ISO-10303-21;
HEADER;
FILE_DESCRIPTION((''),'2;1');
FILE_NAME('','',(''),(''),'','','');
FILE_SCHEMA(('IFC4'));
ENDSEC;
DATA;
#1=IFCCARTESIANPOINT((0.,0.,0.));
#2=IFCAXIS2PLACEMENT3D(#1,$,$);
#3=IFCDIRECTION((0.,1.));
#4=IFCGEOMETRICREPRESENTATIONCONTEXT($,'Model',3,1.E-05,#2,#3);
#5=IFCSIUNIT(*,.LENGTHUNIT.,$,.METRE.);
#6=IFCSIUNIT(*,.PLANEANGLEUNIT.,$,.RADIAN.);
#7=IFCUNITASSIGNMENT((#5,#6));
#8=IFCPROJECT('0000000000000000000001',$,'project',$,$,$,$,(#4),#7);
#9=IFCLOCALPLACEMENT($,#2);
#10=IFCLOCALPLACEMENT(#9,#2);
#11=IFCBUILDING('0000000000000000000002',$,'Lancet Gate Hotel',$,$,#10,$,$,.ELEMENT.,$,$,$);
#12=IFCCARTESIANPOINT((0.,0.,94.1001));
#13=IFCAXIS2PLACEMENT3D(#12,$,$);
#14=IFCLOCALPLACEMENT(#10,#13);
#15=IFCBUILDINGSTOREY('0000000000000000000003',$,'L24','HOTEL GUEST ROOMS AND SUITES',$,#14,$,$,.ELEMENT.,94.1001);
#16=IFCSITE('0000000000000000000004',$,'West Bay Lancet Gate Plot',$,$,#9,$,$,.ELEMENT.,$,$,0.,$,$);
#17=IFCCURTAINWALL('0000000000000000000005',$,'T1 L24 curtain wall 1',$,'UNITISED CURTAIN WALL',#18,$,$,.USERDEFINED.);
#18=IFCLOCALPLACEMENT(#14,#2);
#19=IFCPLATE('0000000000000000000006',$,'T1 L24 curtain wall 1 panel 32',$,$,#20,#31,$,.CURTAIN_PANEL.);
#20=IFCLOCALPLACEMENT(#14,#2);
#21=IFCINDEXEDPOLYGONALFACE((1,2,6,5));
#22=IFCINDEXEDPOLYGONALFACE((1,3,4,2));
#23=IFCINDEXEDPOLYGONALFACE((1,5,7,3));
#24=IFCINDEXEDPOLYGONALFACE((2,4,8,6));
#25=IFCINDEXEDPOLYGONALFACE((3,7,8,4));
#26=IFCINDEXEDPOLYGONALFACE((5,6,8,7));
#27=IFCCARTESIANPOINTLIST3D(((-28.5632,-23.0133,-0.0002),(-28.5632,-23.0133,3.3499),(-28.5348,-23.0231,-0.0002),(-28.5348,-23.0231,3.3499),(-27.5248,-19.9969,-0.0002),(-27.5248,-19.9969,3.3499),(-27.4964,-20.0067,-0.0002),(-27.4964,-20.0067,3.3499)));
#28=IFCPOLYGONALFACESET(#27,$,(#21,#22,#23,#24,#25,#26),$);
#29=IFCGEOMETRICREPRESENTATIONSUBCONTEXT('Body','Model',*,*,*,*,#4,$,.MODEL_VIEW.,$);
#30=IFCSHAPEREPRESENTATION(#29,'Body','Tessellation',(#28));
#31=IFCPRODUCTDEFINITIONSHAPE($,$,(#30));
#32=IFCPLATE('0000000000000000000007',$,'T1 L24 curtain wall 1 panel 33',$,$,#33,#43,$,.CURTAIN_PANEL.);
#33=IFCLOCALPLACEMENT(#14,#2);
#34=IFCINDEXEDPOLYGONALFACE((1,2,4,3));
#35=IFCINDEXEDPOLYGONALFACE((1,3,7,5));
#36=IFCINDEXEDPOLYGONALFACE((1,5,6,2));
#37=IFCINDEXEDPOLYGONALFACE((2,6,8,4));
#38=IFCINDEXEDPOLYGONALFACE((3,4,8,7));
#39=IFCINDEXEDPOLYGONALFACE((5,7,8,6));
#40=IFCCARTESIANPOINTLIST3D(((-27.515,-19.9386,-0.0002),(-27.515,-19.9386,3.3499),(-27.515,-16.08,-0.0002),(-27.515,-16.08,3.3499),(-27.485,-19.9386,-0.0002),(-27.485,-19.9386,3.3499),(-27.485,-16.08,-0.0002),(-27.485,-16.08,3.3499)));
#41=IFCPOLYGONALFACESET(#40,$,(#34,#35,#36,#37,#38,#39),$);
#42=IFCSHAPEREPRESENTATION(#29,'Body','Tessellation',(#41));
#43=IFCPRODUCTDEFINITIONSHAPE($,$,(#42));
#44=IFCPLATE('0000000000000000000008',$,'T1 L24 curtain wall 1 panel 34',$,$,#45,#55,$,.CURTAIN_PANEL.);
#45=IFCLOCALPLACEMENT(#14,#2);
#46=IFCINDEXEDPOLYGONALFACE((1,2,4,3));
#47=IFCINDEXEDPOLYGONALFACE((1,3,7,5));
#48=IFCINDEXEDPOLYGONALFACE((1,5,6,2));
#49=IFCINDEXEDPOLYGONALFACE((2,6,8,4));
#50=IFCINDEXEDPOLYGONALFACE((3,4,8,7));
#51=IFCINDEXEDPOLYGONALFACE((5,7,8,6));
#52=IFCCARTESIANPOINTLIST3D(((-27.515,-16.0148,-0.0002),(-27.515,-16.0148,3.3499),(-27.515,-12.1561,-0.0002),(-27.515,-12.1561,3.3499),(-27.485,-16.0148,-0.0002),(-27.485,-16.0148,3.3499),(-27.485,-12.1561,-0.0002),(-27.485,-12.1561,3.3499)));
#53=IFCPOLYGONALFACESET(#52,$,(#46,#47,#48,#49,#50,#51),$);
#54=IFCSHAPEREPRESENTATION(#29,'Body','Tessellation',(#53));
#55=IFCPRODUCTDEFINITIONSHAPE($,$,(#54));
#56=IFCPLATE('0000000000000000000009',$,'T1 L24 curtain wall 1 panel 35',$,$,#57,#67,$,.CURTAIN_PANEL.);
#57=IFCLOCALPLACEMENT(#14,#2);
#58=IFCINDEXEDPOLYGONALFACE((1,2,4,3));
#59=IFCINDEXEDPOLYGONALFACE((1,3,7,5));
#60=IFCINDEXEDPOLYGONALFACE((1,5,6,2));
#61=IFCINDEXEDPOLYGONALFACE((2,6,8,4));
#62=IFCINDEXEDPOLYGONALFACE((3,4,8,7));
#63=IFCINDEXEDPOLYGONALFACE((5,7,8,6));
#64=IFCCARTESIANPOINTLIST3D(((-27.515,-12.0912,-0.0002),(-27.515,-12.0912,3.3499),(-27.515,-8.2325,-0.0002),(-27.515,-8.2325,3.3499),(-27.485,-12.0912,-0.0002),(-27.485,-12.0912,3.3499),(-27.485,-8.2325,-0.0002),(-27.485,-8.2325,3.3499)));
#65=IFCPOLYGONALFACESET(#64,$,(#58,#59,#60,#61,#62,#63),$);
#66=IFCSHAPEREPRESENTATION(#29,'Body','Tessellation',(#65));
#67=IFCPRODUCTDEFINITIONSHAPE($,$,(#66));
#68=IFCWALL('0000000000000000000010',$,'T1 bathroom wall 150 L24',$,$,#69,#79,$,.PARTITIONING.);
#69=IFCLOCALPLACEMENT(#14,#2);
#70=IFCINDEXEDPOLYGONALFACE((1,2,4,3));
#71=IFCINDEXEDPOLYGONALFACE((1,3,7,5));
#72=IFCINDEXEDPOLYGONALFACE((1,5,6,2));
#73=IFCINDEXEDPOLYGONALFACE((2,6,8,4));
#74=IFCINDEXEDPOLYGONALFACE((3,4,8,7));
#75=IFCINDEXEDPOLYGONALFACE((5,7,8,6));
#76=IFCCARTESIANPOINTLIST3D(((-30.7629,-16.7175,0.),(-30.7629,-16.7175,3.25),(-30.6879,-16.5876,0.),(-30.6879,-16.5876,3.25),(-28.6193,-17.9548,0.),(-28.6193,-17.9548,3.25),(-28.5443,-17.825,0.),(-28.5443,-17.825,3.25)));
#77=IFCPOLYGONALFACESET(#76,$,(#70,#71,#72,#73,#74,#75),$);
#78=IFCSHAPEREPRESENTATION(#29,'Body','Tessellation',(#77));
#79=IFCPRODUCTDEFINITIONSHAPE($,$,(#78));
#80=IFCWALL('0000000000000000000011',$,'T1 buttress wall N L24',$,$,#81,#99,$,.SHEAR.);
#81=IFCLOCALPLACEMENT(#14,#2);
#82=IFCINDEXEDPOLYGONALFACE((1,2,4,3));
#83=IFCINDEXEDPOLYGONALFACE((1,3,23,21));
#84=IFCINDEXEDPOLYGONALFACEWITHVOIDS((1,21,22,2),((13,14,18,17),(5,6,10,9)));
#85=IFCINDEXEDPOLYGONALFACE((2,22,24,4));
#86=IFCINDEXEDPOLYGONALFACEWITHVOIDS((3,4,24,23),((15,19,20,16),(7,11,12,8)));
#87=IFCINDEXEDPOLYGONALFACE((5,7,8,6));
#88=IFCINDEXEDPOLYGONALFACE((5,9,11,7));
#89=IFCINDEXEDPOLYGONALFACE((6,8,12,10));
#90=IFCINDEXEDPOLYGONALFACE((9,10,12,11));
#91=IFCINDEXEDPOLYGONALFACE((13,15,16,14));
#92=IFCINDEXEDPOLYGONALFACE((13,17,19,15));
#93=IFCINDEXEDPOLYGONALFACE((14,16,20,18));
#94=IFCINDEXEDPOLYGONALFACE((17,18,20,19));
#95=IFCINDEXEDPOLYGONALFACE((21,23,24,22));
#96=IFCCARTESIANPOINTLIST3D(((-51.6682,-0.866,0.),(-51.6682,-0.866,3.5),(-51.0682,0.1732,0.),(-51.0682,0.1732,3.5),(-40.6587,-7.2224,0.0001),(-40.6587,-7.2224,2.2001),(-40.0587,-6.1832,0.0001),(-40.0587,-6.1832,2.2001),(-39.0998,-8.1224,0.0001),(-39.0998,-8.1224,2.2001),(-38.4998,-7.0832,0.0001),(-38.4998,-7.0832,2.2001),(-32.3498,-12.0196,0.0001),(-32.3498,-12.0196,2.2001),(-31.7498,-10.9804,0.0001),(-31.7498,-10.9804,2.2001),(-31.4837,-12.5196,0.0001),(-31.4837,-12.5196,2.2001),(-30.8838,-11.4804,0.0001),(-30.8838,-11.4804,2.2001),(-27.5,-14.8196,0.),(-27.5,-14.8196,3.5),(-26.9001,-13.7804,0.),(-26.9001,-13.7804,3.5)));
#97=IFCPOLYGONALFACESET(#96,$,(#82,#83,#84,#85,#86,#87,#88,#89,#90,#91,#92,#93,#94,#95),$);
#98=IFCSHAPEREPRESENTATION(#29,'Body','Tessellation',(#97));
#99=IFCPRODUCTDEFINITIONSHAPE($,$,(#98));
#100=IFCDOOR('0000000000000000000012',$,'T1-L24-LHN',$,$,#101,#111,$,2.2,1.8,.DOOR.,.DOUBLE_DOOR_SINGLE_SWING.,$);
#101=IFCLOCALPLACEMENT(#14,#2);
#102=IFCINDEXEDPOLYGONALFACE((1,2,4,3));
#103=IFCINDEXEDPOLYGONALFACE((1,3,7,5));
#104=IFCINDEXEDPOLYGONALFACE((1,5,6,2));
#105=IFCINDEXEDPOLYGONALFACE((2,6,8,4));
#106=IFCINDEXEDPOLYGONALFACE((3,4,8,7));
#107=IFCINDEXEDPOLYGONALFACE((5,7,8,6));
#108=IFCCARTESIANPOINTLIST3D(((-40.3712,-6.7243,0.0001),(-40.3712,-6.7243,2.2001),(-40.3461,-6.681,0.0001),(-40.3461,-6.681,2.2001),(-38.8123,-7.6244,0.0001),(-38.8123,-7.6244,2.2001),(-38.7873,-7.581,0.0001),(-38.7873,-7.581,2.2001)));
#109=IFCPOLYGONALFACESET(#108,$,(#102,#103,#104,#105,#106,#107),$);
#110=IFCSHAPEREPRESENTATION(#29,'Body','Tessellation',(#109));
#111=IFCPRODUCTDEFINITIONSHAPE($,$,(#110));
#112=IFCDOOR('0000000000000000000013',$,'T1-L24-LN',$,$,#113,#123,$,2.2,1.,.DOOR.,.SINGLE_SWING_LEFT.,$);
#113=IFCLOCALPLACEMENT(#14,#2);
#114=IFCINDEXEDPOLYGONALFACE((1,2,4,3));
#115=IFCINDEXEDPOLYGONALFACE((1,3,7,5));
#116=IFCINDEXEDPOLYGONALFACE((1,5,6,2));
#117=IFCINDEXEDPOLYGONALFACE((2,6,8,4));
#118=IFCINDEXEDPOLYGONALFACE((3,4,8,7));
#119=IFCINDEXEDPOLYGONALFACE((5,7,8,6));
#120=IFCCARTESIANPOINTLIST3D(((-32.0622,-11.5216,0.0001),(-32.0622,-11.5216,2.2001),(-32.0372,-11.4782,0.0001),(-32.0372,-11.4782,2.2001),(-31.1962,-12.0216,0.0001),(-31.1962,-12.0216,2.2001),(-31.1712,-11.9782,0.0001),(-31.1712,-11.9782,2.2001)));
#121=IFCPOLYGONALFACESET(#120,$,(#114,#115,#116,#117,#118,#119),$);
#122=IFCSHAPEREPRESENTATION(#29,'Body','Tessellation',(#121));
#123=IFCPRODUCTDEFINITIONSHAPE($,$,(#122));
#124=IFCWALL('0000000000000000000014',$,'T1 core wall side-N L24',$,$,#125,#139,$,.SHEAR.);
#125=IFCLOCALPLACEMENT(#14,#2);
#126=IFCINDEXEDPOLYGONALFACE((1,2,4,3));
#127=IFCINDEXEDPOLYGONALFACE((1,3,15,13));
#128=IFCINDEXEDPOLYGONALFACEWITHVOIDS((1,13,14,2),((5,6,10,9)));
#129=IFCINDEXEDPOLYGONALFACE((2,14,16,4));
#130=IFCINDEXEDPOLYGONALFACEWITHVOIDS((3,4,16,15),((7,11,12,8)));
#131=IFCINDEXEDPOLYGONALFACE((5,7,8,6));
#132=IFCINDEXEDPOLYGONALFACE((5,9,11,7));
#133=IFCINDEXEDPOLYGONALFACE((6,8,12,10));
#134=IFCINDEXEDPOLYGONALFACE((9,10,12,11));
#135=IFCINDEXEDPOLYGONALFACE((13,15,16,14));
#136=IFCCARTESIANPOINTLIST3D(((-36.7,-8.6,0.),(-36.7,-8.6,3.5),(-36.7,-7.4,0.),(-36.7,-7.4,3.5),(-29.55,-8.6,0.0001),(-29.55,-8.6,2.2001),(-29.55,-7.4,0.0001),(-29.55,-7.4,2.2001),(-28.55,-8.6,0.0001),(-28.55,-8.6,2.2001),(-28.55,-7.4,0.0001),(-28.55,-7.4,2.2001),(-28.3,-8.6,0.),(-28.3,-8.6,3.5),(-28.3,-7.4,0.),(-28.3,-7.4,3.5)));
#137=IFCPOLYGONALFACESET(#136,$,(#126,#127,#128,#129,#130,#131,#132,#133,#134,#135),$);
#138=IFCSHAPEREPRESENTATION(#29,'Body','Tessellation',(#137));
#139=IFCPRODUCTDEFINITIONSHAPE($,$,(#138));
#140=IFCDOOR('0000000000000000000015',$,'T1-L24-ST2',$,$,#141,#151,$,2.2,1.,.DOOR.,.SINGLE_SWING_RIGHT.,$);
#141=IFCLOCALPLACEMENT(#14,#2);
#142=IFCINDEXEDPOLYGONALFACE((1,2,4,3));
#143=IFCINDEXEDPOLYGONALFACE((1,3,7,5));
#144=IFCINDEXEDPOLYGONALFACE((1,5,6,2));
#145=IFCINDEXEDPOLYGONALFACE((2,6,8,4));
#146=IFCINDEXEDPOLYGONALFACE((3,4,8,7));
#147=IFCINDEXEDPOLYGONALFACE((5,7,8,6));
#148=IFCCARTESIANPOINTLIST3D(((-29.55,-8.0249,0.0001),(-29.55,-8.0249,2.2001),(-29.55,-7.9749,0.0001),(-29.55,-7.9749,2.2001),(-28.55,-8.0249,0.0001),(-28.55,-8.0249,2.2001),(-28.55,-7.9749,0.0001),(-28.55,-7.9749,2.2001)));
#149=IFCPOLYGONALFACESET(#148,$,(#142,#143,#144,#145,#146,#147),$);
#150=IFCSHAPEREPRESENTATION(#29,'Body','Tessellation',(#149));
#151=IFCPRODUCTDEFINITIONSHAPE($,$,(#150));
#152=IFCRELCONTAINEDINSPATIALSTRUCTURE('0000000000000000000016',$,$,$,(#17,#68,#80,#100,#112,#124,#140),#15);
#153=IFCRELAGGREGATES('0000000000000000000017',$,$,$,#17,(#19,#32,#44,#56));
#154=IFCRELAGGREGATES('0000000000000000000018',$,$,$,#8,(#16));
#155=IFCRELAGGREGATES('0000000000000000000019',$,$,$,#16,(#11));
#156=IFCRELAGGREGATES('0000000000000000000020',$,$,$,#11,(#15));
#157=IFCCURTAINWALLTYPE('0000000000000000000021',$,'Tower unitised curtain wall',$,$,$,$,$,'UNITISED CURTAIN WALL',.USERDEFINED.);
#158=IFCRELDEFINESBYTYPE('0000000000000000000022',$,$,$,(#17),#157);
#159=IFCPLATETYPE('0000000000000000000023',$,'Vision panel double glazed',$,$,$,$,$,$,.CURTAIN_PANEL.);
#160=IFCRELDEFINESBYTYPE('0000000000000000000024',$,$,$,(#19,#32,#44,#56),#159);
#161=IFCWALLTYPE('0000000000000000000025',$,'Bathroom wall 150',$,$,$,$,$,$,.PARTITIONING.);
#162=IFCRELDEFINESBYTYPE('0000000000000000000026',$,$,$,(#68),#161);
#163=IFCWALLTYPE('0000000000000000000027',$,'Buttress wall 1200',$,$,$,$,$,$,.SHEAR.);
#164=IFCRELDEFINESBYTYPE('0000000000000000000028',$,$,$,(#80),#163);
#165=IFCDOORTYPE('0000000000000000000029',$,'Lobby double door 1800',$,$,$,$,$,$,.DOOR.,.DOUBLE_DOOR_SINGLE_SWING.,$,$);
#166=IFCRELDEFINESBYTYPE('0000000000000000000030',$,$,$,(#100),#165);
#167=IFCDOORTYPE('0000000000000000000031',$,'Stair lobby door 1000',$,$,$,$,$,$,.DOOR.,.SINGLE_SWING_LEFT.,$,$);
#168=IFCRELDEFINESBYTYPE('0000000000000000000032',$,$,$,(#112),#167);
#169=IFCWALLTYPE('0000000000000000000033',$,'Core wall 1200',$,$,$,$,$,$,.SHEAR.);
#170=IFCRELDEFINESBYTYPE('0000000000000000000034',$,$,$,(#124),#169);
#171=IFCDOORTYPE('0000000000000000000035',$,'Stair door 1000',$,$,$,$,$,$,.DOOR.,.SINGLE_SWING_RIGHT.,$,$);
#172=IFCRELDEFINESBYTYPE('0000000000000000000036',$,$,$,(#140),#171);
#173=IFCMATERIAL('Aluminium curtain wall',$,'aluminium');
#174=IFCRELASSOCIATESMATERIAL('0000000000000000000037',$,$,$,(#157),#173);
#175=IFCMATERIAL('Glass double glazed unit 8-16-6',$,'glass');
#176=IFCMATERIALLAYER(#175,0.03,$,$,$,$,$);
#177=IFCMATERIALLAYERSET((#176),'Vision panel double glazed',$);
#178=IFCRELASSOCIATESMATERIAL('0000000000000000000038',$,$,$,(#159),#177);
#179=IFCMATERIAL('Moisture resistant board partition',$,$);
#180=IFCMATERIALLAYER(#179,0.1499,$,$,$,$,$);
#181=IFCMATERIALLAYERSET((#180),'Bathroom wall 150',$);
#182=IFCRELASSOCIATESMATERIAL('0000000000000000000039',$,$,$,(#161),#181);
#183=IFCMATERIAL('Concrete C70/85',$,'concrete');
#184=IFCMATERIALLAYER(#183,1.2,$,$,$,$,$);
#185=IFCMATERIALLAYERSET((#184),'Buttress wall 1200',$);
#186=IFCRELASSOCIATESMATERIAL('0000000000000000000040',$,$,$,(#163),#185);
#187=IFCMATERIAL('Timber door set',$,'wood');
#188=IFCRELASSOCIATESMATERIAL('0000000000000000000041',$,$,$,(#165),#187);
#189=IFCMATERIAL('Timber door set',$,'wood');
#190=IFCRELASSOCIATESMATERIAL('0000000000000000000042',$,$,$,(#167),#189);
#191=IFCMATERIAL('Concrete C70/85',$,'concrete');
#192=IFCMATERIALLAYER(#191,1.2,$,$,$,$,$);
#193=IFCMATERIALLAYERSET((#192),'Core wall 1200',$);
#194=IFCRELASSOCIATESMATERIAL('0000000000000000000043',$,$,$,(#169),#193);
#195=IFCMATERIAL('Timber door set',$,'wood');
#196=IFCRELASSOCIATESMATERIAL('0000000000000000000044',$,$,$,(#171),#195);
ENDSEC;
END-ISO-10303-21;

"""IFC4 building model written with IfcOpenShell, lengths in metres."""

from ifc_helpers import new_model, si_unit, direction, frame, frame_2d, origin, origin_2d, place, context, subcontext, project, spatial, rectangle, extrude, material, layer, layer_set, type_object, element, fill, aggregate, save


model = new_model("IFC4")

# Units and contexts
model_context = context("Model", 3, precision=1e-05, world=origin(), true_north=direction((0.0, 1.0)))
body_context = subcontext(model_context, "Body", "Model", "MODEL_VIEW")
ifc_project = project(units=[si_unit("LENGTHUNIT", "METRE"), si_unit("PLANEANGLEUNIT", "RADIAN")], contexts=[model_context])

# Site, building, storey
site_placement = place(None, origin())
site = spatial("IfcSite", under=ifc_project, at=site_placement, Name="West Bay Lancet Gate Plot", CompositionType="ELEMENT", RefElevation=0.0)
building_placement = place(site_placement, origin())
building = spatial("IfcBuilding", under=site, at=building_placement, Name="Lancet Gate Hotel", CompositionType="ELEMENT")
storey_placement = place(building_placement, frame((0.0, 0.0, 94.1001)))
storey = spatial("IfcBuildingStorey", under=building, at=storey_placement, Name="L24", Description="HOTEL GUEST ROOMS AND SUITES", CompositionType="ELEMENT", Elevation=94.1001)

# Curtain wall
ifc_material_1 = material(Name="Aluminium curtain wall", Category="aluminium")
curtain_wall_type = type_object("IfcCurtainWallType", Name="Tower unitised curtain wall", ElementType="UNITISED CURTAIN WALL", PredefinedType="USERDEFINED", material=ifc_material_1)
curtain_wall_placement = place(storey_placement, origin())
curtain_wall = element("IfcCurtainWall", 1, at=curtain_wall_placement, inside=storey, type_object=curtain_wall_type, Name="T1 L24 curtain wall 1", ObjectType="UNITISED CURTAIN WALL", PredefinedType="USERDEFINED")

# Plates
ifc_material_2 = material(Name="Glass double glazed unit 8-16-6", Category="glass")
ifc_layer_1 = layer(ifc_material_2, 0.03)
ifc_layer_set_1 = layer_set([ifc_layer_1], Name="Vision panel double glazed")
plate_type = type_object("IfcPlateType", Name="Vision panel double glazed", PredefinedType="CURTAIN_PANEL", material=ifc_layer_set_1)
plate_1_placement = place(storey_placement, frame((-28.0298, -21.51, -0.0002), z_axis=(0.0, 0.0, 1.0), x_axis=(0.325516, 0.945537, 0.0)))
plate_1 = element("IfcPlate", 2, at=plate_1_placement, type_object=plate_type, Name="T1 L24 curtain wall 1 panel 32", PredefinedType="CURTAIN_PANEL", context=body_context, shape_type="SweptSolid", body=[
    extrude(rectangle(XDim=3.1902, YDim=0.03, at=origin_2d()), origin(), (0.0, 0.0, 1.0), 3.3501),
])
plate_2_placement = place(storey_placement, frame((-27.5, -18.0093, -0.0002), z_axis=(0.0, 0.0, 1.0), x_axis=(0.0, 1.0, 0.0)))
plate_2 = element("IfcPlate", 3, at=plate_2_placement, type_object=plate_type, Name="T1 L24 curtain wall 1 panel 33", PredefinedType="CURTAIN_PANEL", context=body_context, shape_type="SweptSolid", body=[
    extrude(rectangle(XDim=3.8586, YDim=0.03, at=origin_2d()), origin(), (0.0, 0.0, 1.0), 3.3501),
])
plate_3_placement = place(storey_placement, frame((-27.5, -14.0854, -0.0002), z_axis=(0.0, 0.0, 1.0), x_axis=(0.0, 1.0, 0.0)))
plate_3 = element("IfcPlate", 4, at=plate_3_placement, type_object=plate_type, Name="T1 L24 curtain wall 1 panel 34", PredefinedType="CURTAIN_PANEL", context=body_context, shape_type="SweptSolid", body=[
    extrude(rectangle(XDim=3.8586, YDim=0.03, at=origin_2d()), origin(), (0.0, 0.0, 1.0), 3.3501),
])
plate_4_placement = place(storey_placement, frame((-27.5, -10.1619, -0.0002), z_axis=(0.0, 0.0, 1.0), x_axis=(0.0, 1.0, 0.0)))
plate_4 = element("IfcPlate", 5, at=plate_4_placement, type_object=plate_type, Name="T1 L24 curtain wall 1 panel 35", PredefinedType="CURTAIN_PANEL", context=body_context, shape_type="SweptSolid", body=[
    extrude(rectangle(XDim=3.8586, YDim=0.03, at=origin_2d()), origin(), (0.0, 0.0, 1.0), 3.3501),
])
aggregate(curtain_wall, [plate_1, plate_2, plate_3, plate_4])

# Wall
ifc_material_3 = material(Name="Moisture resistant board partition")
ifc_layer_2 = layer(ifc_material_3, 0.1499)
ifc_layer_set_2 = layer_set([ifc_layer_2], Name="Bathroom wall 150")
wall_type_1 = type_object("IfcWallType", Name="Bathroom wall 150", PredefinedType="PARTITIONING", material=ifc_layer_set_2)
wall_1_placement = place(storey_placement, frame((-28.5818, -17.8899, 0.0), z_axis=(0.0, 0.0, 1.0), x_axis=(-0.866074, 0.499916, 0.0)))
element("IfcWall", 6, at=wall_1_placement, inside=storey, type_object=wall_type_1, Name="T1 bathroom wall 150 L24", PredefinedType="PARTITIONING", context=body_context, shape_type="SweptSolid", body=[
    extrude(rectangle(XDim=2.4751, YDim=0.1499, at=frame_2d((1.2375, 0.0))), origin(), (0.0, 0.0, 1.0), 3.25),
])

# Wall, openings, doors
ifc_material_4 = material(Name="Concrete C70/85", Category="concrete")
ifc_layer_3 = layer(ifc_material_4, 1.2)
ifc_layer_set_3 = layer_set([ifc_layer_3], Name="Buttress wall 1200")
wall_type_2 = type_object("IfcWallType", Name="Buttress wall 1200", PredefinedType="SHEAR", material=ifc_layer_set_3)
wall_2_placement = place(storey_placement, frame((-27.2, -14.3, 0.0), z_axis=(0.0, 0.0, 1.0), x_axis=(-0.866024, 0.500002, 0.0)))
wall_2 = element("IfcWall", 7, at=wall_2_placement, inside=storey, type_object=wall_type_2, Name="T1 buttress wall N L24", PredefinedType="SHEAR", context=body_context, shape_type="SweptSolid", body=[
    extrude(rectangle(XDim=27.907, YDim=1.2, at=frame_2d((13.9536, 0.0))), origin(), (0.0, 0.0, 1.0), 3.5),
])
opening_1_placement = place(wall_2_placement, frame((4.6001, 0.0, 0.0)))
opening_1 = element("IfcOpeningElement", 8, at=opening_1_placement, cuts=wall_2, PredefinedType="OPENING", context=body_context, shape_type="SweptSolid", body=[
    extrude(rectangle(XDim=1.0, YDim=2.2, at=frame_2d((0.5, 1.1001))), frame((0.0, 0.6099, 0.0), z_axis=(0.0, -1.0, 0.0), x_axis=(1.0, 0.0, 0.0)), (0.0, 0.0, 1.0), 1.22),
])
opening_2_placement = place(wall_2_placement, frame((13.3945, 0.0, 0.0)))
opening_2 = element("IfcOpeningElement", 9, at=opening_2_placement, cuts=wall_2, PredefinedType="OPENING", context=body_context, shape_type="SweptSolid", body=[
    extrude(rectangle(XDim=1.8, YDim=2.2, at=frame_2d((0.8999, 1.1001))), frame((0.0, 0.6099, 0.0), z_axis=(0.0, -1.0, 0.0), x_axis=(1.0, 0.0, 0.0)), (0.0, 0.0, 1.0), 1.22),
])
ifc_material_5 = material(Name="Timber door set", Category="wood")
door_type_1 = type_object("IfcDoorType", Name="Lobby double door 1800", OperationType="DOUBLE_DOOR_SINGLE_SWING", PredefinedType="DOOR", material=ifc_material_5)
door_1_placement = place(opening_2_placement, origin())
door_1 = element("IfcDoor", 10, at=door_1_placement, inside=storey, type_object=door_type_1, Name="T1-L24-LHN", OperationType="DOUBLE_DOOR_SINGLE_SWING", OverallHeight=2.2, OverallWidth=1.8, PredefinedType="DOOR", context=body_context, shape_type="SweptSolid", body=[
    extrude(rectangle(XDim=1.8, YDim=2.2, at=frame_2d((0.8999, 1.1001))), frame((0.0, 0.0249, 0.0), z_axis=(0.0, -1.0, 0.0), x_axis=(1.0, 0.0, 0.0)), (0.0, 0.0, 1.0), 0.05),
])
fill(opening_2, door_1)
ifc_material_6 = material(Name="Timber door set", Category="wood")
door_type_2 = type_object("IfcDoorType", Name="Stair lobby door 1000", OperationType="SINGLE_SWING_LEFT", PredefinedType="DOOR", material=ifc_material_6)
door_2_placement = place(opening_1_placement, origin())
door_2 = element("IfcDoor", 11, at=door_2_placement, inside=storey, type_object=door_type_2, Name="T1-L24-LN", OperationType="SINGLE_SWING_LEFT", OverallHeight=2.2, OverallWidth=1.0, PredefinedType="DOOR", context=body_context, shape_type="SweptSolid", body=[
    extrude(rectangle(XDim=1.0, YDim=2.2, at=frame_2d((0.5, 1.1001))), frame((0.0, 0.0249, 0.0), z_axis=(0.0, -1.0, 0.0), x_axis=(1.0, 0.0, 0.0)), (0.0, 0.0, 1.0), 0.05),
])
fill(opening_1, door_2)

# Wall, opening, door
ifc_material_7 = material(Name="Concrete C70/85", Category="concrete")
ifc_layer_4 = layer(ifc_material_7, 1.2)
ifc_layer_set_4 = layer_set([ifc_layer_4], Name="Core wall 1200")
wall_type_3 = type_object("IfcWallType", Name="Core wall 1200", PredefinedType="SHEAR", material=ifc_layer_set_4)
wall_3_placement = place(storey_placement, frame((-28.3, -8.0, 0.0), z_axis=(0.0, 0.0, 1.0), x_axis=(-1.0, 0.0, 0.0)))
wall_3 = element("IfcWall", 12, at=wall_3_placement, inside=storey, type_object=wall_type_3, Name="T1 core wall side-N L24", PredefinedType="SHEAR", context=body_context, shape_type="SweptSolid", body=[
    extrude(rectangle(XDim=8.3999, YDim=1.2, at=frame_2d((4.2, 0.0))), origin(), (0.0, 0.0, 1.0), 3.5),
])
opening_3_placement = place(wall_3_placement, frame((0.25, 0.0, 0.0)))
opening_3 = element("IfcOpeningElement", 13, at=opening_3_placement, cuts=wall_3, PredefinedType="OPENING", context=body_context, shape_type="SweptSolid", body=[
    extrude(rectangle(XDim=1.0, YDim=2.2, at=frame_2d((0.5, 1.1001))), frame((0.0, 0.6099, 0.0), z_axis=(0.0, -1.0, 0.0), x_axis=(1.0, 0.0, 0.0)), (0.0, 0.0, 1.0), 1.22),
])
ifc_material_8 = material(Name="Timber door set", Category="wood")
door_type_3 = type_object("IfcDoorType", Name="Stair door 1000", OperationType="SINGLE_SWING_RIGHT", PredefinedType="DOOR", material=ifc_material_8)
door_3_placement = place(opening_3_placement, origin())
door_3 = element("IfcDoor", 14, at=door_3_placement, inside=storey, type_object=door_type_3, Name="T1-L24-ST2", OperationType="SINGLE_SWING_RIGHT", OverallHeight=2.2, OverallWidth=1.0, PredefinedType="DOOR", context=body_context, shape_type="SweptSolid", body=[
    extrude(rectangle(XDim=1.0, YDim=2.2, at=frame_2d((0.5, 1.1001))), frame((0.0, 0.0249, 0.0), z_axis=(0.0, -1.0, 0.0), x_axis=(1.0, 0.0, 0.0)), (0.0, 0.0, 1.0), 0.05),
])
fill(opening_3, door_3)

save(model, "model.ifc")
